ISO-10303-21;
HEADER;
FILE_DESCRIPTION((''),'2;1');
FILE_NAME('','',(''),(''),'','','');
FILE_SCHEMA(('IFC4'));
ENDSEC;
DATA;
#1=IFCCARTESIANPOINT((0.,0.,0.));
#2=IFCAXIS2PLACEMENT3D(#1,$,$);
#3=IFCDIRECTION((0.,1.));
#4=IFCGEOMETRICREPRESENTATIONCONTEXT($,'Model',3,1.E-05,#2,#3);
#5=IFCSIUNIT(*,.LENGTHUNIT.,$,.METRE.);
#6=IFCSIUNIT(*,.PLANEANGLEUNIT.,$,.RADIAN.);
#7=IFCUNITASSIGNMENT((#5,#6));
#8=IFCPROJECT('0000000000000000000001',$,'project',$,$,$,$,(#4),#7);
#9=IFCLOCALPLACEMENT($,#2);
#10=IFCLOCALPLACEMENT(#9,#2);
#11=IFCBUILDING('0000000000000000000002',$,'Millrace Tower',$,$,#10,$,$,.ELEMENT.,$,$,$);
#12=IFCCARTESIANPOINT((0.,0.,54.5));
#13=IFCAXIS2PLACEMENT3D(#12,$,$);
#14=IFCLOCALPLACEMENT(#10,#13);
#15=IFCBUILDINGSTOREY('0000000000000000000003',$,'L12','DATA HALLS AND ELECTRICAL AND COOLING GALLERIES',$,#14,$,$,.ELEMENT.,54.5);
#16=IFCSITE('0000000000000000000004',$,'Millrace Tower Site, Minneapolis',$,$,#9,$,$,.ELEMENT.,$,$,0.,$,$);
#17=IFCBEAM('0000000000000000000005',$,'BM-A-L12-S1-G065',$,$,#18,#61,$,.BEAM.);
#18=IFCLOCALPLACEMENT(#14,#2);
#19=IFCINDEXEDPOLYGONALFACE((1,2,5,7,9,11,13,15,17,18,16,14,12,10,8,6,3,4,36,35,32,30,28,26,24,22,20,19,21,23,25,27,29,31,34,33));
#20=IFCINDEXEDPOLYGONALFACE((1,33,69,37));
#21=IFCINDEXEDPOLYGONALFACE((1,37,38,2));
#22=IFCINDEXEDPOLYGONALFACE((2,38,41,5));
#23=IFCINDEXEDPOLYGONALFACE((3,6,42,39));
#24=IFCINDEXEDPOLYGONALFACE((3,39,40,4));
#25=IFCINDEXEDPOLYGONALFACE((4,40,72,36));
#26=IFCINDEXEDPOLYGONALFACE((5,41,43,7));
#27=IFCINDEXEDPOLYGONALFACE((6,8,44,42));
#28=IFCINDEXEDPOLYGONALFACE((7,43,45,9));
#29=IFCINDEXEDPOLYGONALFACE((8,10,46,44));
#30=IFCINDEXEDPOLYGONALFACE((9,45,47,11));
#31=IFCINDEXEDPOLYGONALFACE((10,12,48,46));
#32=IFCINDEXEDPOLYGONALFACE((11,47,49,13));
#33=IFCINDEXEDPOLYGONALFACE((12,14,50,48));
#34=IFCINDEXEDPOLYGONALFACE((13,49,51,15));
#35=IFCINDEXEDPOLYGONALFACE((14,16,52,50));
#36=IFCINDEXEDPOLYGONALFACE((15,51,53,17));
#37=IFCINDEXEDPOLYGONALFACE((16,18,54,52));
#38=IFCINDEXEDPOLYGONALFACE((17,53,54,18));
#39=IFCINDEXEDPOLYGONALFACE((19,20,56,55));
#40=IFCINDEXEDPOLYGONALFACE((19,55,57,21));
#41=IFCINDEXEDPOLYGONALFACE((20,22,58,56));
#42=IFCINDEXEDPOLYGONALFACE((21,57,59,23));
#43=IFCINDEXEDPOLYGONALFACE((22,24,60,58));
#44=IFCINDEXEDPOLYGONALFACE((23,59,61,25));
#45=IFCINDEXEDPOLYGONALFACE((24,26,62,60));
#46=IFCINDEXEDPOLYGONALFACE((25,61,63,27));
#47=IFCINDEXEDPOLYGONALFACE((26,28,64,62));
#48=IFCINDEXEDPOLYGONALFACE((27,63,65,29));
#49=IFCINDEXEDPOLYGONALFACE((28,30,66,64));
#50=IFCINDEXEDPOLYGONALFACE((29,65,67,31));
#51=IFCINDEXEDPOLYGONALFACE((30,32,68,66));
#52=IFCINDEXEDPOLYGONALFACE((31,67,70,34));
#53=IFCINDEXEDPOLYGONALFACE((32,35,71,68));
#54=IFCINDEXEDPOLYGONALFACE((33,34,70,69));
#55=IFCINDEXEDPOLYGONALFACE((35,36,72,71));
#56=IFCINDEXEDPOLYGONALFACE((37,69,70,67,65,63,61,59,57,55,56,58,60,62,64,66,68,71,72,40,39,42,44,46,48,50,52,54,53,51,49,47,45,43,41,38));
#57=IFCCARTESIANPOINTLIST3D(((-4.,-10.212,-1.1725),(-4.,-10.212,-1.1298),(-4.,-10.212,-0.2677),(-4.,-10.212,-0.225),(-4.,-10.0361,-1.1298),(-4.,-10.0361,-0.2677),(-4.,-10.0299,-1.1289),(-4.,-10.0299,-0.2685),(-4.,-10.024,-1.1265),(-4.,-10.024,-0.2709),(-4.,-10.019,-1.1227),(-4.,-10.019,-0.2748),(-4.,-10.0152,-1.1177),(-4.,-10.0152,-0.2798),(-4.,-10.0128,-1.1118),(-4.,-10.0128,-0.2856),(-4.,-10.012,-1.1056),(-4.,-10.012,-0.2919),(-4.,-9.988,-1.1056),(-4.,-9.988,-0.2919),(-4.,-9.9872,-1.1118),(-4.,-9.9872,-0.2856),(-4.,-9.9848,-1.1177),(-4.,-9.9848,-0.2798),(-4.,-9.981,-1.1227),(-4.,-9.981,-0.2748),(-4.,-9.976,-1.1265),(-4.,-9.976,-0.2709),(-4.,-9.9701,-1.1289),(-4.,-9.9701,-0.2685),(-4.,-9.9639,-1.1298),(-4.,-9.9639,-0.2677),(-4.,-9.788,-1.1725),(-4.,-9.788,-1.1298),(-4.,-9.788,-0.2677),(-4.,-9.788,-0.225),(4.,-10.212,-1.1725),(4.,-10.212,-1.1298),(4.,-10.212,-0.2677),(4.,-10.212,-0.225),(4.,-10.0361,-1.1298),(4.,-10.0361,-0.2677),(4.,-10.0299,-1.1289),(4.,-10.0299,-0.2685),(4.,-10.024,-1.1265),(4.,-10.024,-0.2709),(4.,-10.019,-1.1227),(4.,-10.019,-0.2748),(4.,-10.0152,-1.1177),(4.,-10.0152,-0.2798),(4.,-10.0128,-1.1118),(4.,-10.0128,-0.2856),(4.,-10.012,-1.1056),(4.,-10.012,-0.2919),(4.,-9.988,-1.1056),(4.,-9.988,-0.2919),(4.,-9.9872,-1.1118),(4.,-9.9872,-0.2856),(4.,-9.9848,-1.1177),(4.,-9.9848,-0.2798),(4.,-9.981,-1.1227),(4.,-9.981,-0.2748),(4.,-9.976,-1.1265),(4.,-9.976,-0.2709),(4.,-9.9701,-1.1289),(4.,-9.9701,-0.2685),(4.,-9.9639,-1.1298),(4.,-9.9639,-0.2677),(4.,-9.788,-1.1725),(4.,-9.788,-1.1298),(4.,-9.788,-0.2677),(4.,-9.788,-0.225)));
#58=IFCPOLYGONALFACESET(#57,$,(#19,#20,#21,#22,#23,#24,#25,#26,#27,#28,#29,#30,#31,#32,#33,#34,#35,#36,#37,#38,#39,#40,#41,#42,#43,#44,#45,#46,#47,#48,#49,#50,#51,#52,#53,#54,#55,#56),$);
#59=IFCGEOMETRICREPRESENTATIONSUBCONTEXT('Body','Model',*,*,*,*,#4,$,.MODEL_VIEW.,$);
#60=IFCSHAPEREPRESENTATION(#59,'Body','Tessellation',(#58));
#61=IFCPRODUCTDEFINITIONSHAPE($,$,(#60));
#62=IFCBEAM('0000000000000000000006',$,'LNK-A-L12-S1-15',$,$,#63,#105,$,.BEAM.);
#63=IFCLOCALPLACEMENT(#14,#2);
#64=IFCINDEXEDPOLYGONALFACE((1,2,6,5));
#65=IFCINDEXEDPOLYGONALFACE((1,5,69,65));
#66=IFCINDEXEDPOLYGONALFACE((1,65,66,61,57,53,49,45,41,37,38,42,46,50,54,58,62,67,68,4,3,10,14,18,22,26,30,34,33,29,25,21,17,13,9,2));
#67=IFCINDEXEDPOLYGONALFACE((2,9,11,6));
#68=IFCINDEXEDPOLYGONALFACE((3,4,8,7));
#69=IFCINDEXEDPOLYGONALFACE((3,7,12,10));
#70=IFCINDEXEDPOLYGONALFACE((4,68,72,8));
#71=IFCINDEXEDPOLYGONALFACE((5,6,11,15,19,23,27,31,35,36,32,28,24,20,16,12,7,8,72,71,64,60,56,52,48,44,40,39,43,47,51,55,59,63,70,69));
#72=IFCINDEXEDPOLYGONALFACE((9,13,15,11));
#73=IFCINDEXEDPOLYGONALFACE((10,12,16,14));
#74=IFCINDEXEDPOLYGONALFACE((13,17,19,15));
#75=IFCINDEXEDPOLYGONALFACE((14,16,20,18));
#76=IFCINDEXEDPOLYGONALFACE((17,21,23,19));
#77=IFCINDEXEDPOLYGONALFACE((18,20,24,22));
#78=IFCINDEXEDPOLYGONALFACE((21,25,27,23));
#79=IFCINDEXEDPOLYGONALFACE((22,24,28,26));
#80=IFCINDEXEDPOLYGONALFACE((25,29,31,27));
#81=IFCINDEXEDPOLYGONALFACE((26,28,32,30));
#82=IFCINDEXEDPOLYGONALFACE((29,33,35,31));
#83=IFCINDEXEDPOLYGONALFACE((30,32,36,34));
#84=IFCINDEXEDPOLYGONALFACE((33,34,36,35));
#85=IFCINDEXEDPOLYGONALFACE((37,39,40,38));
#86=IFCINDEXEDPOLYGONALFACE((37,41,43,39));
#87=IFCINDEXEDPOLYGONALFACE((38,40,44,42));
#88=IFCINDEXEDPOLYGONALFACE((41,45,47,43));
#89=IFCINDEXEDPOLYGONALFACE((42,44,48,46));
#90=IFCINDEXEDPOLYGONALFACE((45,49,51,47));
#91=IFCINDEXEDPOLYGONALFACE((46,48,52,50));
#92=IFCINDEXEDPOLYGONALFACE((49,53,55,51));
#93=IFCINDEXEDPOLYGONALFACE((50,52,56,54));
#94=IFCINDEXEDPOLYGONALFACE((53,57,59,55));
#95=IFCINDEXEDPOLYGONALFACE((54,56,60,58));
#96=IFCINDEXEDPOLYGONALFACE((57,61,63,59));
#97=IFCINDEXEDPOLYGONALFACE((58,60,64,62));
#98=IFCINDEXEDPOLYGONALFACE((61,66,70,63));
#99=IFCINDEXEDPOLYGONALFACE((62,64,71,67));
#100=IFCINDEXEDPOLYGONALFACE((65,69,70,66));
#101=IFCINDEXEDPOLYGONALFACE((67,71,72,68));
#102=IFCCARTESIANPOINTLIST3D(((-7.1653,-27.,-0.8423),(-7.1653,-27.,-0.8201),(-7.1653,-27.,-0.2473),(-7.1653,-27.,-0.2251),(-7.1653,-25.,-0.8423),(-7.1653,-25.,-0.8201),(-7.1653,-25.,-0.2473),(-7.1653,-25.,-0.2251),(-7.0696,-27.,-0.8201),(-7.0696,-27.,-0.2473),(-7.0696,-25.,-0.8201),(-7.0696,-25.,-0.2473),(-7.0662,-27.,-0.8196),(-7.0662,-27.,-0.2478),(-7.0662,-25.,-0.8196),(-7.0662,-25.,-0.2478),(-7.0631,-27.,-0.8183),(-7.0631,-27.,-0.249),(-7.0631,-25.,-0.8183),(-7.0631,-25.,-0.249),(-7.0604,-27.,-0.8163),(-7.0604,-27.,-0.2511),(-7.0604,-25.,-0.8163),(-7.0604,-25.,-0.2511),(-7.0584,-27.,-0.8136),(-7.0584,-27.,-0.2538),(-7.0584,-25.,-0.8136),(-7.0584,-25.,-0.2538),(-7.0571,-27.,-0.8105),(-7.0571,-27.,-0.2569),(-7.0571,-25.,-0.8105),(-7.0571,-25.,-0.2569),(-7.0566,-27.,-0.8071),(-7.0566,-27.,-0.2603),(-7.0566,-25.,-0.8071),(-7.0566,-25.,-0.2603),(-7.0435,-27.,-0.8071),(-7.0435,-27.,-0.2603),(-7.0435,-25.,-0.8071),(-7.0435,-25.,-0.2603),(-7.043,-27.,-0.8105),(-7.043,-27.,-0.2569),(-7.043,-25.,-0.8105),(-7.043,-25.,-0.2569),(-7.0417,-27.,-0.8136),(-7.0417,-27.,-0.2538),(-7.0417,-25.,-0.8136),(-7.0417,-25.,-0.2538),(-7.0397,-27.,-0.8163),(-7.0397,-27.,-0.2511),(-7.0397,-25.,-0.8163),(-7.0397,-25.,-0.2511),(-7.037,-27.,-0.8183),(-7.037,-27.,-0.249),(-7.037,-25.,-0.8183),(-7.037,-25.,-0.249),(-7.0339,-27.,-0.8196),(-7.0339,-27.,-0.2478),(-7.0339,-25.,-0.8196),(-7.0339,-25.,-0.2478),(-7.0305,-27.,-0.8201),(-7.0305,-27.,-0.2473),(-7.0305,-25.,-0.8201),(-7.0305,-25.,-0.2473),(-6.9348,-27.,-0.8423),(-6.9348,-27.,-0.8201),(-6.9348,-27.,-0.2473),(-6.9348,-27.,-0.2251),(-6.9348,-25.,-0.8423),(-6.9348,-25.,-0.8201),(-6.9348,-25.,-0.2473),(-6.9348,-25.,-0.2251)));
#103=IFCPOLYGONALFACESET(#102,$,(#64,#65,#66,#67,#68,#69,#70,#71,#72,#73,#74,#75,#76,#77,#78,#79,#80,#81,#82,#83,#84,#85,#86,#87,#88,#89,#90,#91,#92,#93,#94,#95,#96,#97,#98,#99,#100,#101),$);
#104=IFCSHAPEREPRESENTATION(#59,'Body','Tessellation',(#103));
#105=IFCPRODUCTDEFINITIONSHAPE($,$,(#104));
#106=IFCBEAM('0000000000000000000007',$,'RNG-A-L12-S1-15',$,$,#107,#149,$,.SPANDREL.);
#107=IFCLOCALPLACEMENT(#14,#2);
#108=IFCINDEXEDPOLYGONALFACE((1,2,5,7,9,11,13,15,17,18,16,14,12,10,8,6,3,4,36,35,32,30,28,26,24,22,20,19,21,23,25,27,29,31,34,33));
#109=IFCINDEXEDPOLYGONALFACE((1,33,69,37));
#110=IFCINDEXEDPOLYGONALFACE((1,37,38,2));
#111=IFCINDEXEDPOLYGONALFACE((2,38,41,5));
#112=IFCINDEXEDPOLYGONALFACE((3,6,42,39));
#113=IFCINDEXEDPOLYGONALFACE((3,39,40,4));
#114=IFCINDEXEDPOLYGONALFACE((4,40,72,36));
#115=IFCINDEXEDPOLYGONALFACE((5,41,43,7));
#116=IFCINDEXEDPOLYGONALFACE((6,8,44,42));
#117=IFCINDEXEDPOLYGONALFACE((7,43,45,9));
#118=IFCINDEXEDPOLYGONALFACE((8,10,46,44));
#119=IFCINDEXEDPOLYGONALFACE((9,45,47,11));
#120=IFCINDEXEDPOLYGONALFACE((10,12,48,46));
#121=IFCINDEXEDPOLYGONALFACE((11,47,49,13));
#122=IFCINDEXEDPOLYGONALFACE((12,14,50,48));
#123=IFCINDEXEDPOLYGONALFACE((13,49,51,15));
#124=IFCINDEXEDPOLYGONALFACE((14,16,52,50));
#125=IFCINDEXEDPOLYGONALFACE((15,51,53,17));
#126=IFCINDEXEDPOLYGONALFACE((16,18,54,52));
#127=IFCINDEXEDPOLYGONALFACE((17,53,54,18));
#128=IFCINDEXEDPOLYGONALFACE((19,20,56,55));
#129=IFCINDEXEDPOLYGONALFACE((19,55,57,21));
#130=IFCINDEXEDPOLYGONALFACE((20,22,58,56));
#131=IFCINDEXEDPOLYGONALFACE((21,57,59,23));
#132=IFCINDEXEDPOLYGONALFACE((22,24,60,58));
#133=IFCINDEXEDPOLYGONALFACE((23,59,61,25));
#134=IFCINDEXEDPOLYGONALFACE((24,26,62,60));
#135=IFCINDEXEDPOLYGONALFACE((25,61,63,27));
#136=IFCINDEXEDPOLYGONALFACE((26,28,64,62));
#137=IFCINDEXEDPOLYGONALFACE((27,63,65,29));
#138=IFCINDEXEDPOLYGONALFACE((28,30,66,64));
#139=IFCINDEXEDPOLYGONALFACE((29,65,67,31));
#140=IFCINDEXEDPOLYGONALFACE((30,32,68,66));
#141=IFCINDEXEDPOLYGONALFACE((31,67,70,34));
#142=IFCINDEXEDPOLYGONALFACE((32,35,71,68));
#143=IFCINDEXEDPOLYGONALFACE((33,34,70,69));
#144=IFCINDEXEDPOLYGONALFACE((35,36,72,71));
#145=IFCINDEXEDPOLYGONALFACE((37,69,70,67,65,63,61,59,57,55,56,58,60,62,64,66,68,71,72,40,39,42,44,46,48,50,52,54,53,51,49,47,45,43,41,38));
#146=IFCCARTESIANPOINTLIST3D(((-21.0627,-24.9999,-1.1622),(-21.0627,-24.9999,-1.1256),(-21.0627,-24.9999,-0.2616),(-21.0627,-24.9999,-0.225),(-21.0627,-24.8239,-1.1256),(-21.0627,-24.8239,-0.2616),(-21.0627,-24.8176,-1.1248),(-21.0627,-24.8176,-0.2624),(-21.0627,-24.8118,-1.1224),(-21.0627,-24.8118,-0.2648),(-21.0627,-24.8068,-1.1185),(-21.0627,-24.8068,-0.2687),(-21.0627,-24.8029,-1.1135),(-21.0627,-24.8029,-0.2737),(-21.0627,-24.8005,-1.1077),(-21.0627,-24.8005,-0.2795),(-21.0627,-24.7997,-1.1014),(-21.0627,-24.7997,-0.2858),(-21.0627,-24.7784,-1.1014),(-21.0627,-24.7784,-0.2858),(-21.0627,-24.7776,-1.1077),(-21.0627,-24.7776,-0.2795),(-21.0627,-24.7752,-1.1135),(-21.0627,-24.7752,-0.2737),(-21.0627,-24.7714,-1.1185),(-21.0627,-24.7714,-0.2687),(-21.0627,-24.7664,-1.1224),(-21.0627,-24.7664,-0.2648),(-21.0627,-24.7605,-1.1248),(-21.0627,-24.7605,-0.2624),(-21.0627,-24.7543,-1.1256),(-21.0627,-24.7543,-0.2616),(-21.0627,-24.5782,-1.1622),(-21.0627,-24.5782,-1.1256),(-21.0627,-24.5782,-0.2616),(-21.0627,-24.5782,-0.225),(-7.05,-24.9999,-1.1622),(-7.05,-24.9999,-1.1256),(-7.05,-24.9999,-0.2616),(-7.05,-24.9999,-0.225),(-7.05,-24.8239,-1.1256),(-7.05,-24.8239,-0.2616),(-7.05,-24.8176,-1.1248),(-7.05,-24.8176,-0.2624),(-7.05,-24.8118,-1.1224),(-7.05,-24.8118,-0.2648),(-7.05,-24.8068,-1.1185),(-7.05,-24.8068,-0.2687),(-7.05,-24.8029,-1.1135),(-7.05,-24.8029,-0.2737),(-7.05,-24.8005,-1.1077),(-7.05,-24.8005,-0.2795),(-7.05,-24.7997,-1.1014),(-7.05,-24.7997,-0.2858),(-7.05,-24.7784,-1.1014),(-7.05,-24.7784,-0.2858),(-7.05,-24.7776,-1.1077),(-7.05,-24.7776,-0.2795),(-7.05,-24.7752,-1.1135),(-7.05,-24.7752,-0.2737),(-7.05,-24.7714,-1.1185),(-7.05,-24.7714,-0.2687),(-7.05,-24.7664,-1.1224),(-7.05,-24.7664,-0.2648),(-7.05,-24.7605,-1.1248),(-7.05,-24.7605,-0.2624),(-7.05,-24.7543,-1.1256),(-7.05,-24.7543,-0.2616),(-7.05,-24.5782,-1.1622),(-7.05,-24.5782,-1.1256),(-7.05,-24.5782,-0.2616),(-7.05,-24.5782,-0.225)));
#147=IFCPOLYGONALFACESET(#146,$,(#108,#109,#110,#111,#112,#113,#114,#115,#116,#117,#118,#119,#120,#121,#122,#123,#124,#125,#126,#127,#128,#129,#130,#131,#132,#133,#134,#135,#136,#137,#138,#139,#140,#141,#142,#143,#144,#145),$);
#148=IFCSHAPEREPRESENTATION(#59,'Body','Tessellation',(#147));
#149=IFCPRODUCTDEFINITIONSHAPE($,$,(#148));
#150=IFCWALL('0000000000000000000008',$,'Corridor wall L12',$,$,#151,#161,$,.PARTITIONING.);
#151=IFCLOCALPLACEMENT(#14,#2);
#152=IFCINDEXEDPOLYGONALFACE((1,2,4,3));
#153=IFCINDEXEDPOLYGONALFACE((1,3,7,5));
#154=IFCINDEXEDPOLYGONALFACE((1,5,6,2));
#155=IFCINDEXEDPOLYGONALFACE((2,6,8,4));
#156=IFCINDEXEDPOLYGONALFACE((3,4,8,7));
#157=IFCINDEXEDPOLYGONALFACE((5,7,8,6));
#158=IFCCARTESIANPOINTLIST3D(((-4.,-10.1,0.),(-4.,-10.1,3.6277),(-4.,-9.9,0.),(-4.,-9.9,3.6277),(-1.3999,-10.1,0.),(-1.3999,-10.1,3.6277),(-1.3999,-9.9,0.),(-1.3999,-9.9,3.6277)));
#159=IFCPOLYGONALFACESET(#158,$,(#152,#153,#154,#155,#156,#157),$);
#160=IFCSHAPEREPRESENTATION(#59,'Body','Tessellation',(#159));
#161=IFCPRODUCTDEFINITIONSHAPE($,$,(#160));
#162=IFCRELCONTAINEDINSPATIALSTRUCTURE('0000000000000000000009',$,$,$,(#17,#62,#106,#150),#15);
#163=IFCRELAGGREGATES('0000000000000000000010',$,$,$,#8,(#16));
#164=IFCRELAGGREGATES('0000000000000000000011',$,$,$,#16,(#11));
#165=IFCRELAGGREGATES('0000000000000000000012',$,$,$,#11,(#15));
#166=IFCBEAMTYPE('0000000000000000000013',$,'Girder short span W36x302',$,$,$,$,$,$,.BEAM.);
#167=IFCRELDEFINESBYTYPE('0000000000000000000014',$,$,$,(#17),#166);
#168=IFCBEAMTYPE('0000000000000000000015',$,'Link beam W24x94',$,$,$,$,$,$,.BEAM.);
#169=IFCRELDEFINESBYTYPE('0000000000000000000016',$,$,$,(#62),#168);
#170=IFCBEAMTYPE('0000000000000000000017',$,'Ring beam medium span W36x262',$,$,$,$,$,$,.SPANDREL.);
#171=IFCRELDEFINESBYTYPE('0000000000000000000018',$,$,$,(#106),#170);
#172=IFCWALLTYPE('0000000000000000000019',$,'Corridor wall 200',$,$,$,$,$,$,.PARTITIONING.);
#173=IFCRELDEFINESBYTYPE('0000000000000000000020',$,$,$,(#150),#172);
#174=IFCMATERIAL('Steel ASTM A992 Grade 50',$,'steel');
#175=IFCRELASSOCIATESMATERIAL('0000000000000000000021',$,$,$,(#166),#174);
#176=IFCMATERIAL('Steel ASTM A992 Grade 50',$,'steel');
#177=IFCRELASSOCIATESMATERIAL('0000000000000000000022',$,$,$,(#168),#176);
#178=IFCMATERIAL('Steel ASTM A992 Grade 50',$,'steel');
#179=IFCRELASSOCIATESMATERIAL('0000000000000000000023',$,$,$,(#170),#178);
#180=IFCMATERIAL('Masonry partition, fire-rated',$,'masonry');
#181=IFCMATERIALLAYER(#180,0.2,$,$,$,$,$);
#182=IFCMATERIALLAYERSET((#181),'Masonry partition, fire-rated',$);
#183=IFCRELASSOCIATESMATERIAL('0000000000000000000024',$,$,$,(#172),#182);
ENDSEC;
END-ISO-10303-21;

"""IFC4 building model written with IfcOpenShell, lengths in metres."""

from ifc_helpers import new_model, si_unit, direction, frame, frame_2d, origin, origin_2d, place, context, subcontext, project, spatial, rectangle, i_section, extrude, material, layer, layer_set, material_profile, profile_set, type_object, element, save


model = new_model("IFC4")

# Units and contexts
model_context = context("Model", 3, precision=1e-05, world=origin(), true_north=direction((0.0, 1.0)))
body_context = subcontext(model_context, "Body", "Model", "MODEL_VIEW")
ifc_project = project(units=[si_unit("LENGTHUNIT", "METRE"), si_unit("PLANEANGLEUNIT", "RADIAN")], contexts=[model_context])

# Site, building, storey
site_placement = place(None, origin())
site = spatial("IfcSite", under=ifc_project, at=site_placement, Name="Millrace Tower Site, Minneapolis", CompositionType="ELEMENT", RefElevation=0.0)
building_placement = place(site_placement, origin())
building = spatial("IfcBuilding", under=site, at=building_placement, Name="Millrace Tower", CompositionType="ELEMENT")
storey_placement = place(building_placement, frame((0.0, 0.0, 54.5)))
storey = spatial("IfcBuildingStorey", under=building, at=storey_placement, Name="L12", Description="DATA HALLS AND ELECTRICAL AND COOLING GALLERIES", CompositionType="ELEMENT", Elevation=54.5)

# Beams
ifc_material_1 = material(Name="Steel ASTM A992 Grade 50", Category="steel")
ifc_material_profile_1 = material_profile(ifc_material_1, i_section(OverallWidth=0.4241, OverallDepth=0.9475, WebThickness=0.0239, FlangeThickness=0.0427, FilletRadius=0.0242, at=origin_2d()))
ifc_profile_set_1 = profile_set([ifc_material_profile_1], Name="Steel ASTM A992 Grade 50")
beam_type_1 = type_object("IfcBeamType", Name="Girder short span W36x302", PredefinedType="BEAM", material=ifc_profile_set_1)
beam_1_placement = place(storey_placement, frame((-4.0, -10.0, -0.6987), z_axis=(1.0, 0.0, 0.0), x_axis=(0.0, 1.0, 0.0)))
element("IfcBeam", 1, at=beam_1_placement, inside=storey, type_object=beam_type_1, Name="BM-A-L12-S1-G065", PredefinedType="BEAM", context=body_context, shape_type="SweptSolid", body=[
    extrude(i_section(OverallWidth=0.4241, OverallDepth=0.9475, WebThickness=0.0239, FlangeThickness=0.0427, FilletRadius=0.0242, at=origin_2d()), origin(), (0.0, 0.0, 1.0), 8.0),
])
ifc_material_2 = material(Name="Steel ASTM A992 Grade 50", Category="steel")
ifc_material_profile_2 = material_profile(ifc_material_2, i_section(OverallWidth=0.2305, OverallDepth=0.6172, WebThickness=0.0132, FlangeThickness=0.0222, FilletRadius=0.0129, at=origin_2d()))
ifc_profile_set_2 = profile_set([ifc_material_profile_2], Name="Steel ASTM A992 Grade 50")
beam_type_2 = type_object("IfcBeamType", Name="Link beam W24x94", PredefinedType="BEAM", material=ifc_profile_set_2)
beam_2_placement = place(storey_placement, frame((-7.05, -25.0, -0.5337), z_axis=(0.0, -1.0, 0.0), x_axis=(1.0, 0.0, 0.0)))
element("IfcBeam", 2, at=beam_2_placement, inside=storey, type_object=beam_type_2, Name="LNK-A-L12-S1-15", PredefinedType="BEAM", context=body_context, shape_type="SweptSolid", body=[
    extrude(i_section(OverallWidth=0.2305, OverallDepth=0.6172, WebThickness=0.0132, FlangeThickness=0.0222, FilletRadius=0.0129, at=origin_2d()), origin(), (0.0, 0.0, 1.0), 2.0),
])
ifc_material_3 = material(Name="Steel ASTM A992 Grade 50", Category="steel")
ifc_material_profile_3 = material_profile(ifc_material_3, i_section(OverallWidth=0.4216, OverallDepth=0.9373, WebThickness=0.0212, FlangeThickness=0.0366, FilletRadius=0.0242, at=origin_2d()))
ifc_profile_set_3 = profile_set([ifc_material_profile_3], Name="Steel ASTM A992 Grade 50")
beam_type_3 = type_object("IfcBeamType", Name="Ring beam medium span W36x262", PredefinedType="SPANDREL", material=ifc_profile_set_3)
beam_3_placement = place(storey_placement, frame((-7.05, -24.7891, -0.6936), z_axis=(-1.0, 0.0, 0.0), x_axis=(0.0, -1.0, 0.0)))
element("IfcBeam", 3, at=beam_3_placement, inside=storey, type_object=beam_type_3, Name="RNG-A-L12-S1-15", PredefinedType="SPANDREL", context=body_context, shape_type="SweptSolid", body=[
    extrude(i_section(OverallWidth=0.4216, OverallDepth=0.9373, WebThickness=0.0212, FlangeThickness=0.0366, FilletRadius=0.0242, at=origin_2d()), origin(), (0.0, 0.0, 1.0), 14.0127),
])

# Wall
ifc_material_4 = material(Name="Masonry partition, fire-rated", Category="masonry")
ifc_layer_1 = layer(ifc_material_4, 0.2)
ifc_layer_set_1 = layer_set([ifc_layer_1], Name="Masonry partition, fire-rated")
wall_type_1 = type_object("IfcWallType", Name="Corridor wall 200", PredefinedType="PARTITIONING", material=ifc_layer_set_1)
wall_1_placement = place(storey_placement, frame((-4.0, -10.0, 0.0), z_axis=(0.0, 0.0, 1.0), x_axis=(1.0, 0.0, 0.0)))
element("IfcWall", 4, at=wall_1_placement, inside=storey, type_object=wall_type_1, Name="Corridor wall L12", PredefinedType="PARTITIONING", context=body_context, shape_type="SweptSolid", body=[
    extrude(rectangle(XDim=2.6001, YDim=0.2, at=frame_2d((1.3, 0.0))), origin(), (0.0, 0.0, 1.0), 3.6277),
])

save(model, "model.ifc")
